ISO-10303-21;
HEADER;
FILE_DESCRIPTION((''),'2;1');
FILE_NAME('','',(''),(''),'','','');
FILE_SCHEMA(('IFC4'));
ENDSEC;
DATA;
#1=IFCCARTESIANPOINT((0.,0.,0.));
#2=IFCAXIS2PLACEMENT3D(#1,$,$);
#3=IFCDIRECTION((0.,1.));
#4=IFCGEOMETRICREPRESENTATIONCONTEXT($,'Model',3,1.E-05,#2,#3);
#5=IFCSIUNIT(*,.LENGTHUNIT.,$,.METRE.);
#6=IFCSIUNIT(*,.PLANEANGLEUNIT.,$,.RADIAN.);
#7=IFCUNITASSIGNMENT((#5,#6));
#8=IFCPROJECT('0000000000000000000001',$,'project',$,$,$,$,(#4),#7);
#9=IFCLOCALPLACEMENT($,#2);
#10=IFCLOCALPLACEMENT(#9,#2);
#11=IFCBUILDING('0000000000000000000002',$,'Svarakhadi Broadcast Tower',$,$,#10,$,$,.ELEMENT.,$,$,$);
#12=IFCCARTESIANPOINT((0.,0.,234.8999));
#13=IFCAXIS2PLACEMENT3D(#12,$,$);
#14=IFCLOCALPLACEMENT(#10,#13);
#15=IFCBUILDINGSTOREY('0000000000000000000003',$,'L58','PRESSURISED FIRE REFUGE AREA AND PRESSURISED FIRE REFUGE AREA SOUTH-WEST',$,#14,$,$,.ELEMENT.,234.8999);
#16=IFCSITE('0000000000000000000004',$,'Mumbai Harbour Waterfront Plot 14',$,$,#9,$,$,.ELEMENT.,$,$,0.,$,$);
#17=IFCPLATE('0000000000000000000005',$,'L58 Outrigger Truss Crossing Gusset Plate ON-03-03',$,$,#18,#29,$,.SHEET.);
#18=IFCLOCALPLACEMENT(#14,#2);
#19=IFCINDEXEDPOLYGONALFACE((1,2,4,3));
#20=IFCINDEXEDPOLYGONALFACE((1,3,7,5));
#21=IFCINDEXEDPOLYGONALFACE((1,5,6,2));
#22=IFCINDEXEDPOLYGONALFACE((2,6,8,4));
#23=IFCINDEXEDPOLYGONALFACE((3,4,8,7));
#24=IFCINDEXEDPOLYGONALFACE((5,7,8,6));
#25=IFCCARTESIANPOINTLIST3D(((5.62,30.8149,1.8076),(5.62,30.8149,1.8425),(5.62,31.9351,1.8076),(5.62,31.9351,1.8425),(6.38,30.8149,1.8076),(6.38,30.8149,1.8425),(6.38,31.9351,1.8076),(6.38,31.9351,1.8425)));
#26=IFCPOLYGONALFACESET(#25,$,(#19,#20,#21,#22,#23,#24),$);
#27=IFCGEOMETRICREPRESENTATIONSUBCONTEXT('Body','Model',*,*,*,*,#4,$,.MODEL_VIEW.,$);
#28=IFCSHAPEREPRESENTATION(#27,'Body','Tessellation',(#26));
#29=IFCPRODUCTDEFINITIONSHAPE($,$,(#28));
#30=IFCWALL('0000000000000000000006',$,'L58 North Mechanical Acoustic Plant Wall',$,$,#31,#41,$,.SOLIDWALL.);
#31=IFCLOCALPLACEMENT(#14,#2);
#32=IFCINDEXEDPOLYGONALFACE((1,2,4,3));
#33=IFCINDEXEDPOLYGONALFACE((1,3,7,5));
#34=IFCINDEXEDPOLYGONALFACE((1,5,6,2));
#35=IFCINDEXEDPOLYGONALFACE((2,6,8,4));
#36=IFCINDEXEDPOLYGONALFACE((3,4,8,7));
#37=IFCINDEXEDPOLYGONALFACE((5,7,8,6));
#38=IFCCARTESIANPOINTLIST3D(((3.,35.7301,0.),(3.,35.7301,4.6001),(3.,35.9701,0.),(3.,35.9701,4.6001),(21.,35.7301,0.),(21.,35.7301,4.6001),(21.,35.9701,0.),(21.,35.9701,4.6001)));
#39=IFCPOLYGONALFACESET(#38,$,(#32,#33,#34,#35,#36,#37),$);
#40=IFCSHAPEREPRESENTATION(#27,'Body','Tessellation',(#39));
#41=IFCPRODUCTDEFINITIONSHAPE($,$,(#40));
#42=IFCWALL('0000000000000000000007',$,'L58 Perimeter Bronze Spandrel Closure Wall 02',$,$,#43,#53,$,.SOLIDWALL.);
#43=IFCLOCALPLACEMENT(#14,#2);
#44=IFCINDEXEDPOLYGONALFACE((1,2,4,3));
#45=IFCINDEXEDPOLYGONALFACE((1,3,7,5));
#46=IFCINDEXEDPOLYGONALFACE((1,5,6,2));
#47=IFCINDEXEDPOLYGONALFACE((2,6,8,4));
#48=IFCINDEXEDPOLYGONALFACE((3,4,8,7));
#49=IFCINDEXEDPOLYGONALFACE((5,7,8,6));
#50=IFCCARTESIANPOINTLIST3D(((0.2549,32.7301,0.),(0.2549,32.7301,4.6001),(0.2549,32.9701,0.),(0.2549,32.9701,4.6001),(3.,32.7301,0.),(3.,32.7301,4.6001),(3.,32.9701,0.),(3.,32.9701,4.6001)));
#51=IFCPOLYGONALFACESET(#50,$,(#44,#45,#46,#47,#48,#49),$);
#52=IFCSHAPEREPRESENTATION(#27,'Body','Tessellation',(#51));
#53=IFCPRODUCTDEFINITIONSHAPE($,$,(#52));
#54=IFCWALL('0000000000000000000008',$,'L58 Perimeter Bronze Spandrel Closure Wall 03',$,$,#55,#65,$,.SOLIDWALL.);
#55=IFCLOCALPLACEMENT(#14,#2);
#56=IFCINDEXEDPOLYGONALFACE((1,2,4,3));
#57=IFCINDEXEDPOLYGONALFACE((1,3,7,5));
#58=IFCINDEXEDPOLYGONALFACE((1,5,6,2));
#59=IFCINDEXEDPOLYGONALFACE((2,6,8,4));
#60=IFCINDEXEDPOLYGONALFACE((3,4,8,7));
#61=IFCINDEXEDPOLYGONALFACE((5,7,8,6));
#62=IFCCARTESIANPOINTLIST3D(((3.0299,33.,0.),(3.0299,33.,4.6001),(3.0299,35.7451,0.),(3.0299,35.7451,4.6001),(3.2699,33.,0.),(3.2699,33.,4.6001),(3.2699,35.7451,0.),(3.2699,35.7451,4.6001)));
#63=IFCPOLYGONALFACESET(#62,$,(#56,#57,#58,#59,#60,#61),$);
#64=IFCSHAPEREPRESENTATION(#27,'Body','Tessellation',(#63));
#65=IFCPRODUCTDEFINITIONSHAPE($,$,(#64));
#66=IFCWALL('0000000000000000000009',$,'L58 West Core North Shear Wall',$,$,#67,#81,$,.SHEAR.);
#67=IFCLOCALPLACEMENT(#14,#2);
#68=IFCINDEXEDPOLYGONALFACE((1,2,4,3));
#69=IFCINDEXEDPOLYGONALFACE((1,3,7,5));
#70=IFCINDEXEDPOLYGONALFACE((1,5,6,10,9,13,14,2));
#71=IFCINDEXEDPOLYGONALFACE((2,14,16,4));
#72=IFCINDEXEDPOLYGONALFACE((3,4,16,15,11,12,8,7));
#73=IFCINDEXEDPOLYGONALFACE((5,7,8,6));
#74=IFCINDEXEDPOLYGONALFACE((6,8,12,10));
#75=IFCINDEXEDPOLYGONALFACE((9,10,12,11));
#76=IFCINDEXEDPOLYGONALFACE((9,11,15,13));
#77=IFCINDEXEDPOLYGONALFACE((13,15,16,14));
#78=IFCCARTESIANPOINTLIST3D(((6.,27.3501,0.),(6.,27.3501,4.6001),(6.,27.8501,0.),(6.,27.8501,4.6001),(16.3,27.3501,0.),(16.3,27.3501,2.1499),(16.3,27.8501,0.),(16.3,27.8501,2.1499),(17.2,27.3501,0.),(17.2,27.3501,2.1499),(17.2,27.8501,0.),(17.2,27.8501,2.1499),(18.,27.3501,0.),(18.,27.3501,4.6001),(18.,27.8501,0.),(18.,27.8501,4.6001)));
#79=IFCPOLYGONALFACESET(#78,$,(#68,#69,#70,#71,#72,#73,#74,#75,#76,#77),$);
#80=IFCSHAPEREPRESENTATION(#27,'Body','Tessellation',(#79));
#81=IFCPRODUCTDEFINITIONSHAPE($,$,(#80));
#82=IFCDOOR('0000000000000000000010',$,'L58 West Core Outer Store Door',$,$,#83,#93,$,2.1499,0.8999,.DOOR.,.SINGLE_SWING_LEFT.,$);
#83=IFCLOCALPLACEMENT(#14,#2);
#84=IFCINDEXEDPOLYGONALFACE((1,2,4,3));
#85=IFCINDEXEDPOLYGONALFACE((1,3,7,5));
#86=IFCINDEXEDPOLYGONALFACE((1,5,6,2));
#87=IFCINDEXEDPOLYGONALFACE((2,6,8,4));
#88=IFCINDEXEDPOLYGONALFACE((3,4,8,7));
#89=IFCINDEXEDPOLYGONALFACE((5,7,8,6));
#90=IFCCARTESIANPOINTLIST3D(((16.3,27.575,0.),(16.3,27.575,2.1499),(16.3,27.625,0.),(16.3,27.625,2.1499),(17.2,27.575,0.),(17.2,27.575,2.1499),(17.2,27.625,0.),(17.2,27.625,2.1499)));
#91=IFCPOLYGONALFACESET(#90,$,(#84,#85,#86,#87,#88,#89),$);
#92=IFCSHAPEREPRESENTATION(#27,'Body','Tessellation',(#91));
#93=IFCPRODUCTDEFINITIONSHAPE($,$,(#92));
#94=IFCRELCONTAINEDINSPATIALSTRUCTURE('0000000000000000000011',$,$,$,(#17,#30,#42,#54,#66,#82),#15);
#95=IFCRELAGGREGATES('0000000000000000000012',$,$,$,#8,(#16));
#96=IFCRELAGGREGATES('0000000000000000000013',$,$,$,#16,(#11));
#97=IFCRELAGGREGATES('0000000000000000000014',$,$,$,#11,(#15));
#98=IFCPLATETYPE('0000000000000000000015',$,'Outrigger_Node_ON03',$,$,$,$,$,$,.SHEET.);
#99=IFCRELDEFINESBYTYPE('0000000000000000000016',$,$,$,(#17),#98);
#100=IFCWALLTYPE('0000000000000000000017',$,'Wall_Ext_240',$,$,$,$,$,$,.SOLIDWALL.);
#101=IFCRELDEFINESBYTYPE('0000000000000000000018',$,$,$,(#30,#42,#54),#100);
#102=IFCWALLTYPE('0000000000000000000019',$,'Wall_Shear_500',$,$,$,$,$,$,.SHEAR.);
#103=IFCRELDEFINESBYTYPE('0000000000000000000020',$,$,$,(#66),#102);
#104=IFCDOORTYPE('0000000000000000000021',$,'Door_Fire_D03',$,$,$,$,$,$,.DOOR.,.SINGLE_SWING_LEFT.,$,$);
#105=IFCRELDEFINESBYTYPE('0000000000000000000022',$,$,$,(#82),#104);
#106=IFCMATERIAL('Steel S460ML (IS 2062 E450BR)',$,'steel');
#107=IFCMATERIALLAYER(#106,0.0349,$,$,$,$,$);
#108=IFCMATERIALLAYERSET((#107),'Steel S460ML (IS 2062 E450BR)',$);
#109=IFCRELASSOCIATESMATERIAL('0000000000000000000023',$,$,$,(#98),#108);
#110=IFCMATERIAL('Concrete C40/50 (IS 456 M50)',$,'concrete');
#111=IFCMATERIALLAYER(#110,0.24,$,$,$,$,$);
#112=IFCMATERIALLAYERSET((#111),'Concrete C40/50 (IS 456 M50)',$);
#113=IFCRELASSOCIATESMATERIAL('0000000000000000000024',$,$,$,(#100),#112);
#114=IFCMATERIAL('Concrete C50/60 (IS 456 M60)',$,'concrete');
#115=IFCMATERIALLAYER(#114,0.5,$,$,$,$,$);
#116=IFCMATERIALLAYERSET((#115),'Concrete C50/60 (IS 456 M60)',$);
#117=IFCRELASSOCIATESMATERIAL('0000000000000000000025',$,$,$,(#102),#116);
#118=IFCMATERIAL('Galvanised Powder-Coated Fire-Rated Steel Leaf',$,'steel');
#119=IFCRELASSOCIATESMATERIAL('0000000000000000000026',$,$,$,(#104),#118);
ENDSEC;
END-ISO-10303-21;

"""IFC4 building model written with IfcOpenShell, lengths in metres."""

from ifc_helpers import new_model, si_unit, direction, frame, frame_2d, origin, origin_2d, place, context, subcontext, project, spatial, rectangle, extrude, material, layer, layer_set, type_object, element, fill, save


model = new_model("IFC4")

# Units and contexts
model_context = context("Model", 3, precision=1e-05, world=origin(), true_north=direction((0.0, 1.0)))
body_context = subcontext(model_context, "Body", "Model", "MODEL_VIEW")
ifc_project = project(units=[si_unit("LENGTHUNIT", "METRE"), si_unit("PLANEANGLEUNIT", "RADIAN")], contexts=[model_context])

# Site, building, storey
site_placement = place(None, origin())
site = spatial("IfcSite", under=ifc_project, at=site_placement, Name="Mumbai Harbour Waterfront Plot 14", CompositionType="ELEMENT", RefElevation=0.0)
building_placement = place(site_placement, origin())
building = spatial("IfcBuilding", under=site, at=building_placement, Name="Svarakhadi Broadcast Tower", CompositionType="ELEMENT")
storey_placement = place(building_placement, frame((0.0, 0.0, 234.8999)))
storey = spatial("IfcBuildingStorey", under=building, at=storey_placement, Name="L58", Description="PRESSURISED FIRE REFUGE AREA AND PRESSURISED FIRE REFUGE AREA SOUTH-WEST", CompositionType="ELEMENT", Elevation=234.8999)

# Shared definitions
ifc_material_1 = material(Name="Concrete C50/60 (IS 456 M60)", Category="concrete")
ifc_material_2 = material(Name="Steel S460ML (IS 2062 E450BR)", Category="steel")

# Plate
ifc_layer_1 = layer(ifc_material_2, 0.0349)
ifc_layer_set_1 = layer_set([ifc_layer_1], Name="Steel S460ML (IS 2062 E450BR)")
plate_type_1 = type_object("IfcPlateType", Name="Outrigger_Node_ON03", PredefinedType="SHEET", material=ifc_layer_set_1)
plate_placement = place(storey_placement, frame((6.0, 31.375, 1.8076), z_axis=(0.0, 0.0, 1.0), x_axis=(0.0, 1.0, 0.0)))
element("IfcPlate", 1, at=plate_placement, inside=storey, type_object=plate_type_1, Name="L58 Outrigger Truss Crossing Gusset Plate ON-03-03", PredefinedType="SHEET", context=body_context, shape_type="SweptSolid", body=[
    extrude(rectangle(XDim=1.1201, YDim=0.76, at=origin_2d()), origin(), (0.0, 0.0, 1.0), 0.0349),
])

# Walls
ifc_material_3 = material(Name="Concrete C40/50 (IS 456 M50)", Category="concrete")
ifc_layer_2 = layer(ifc_material_3, 0.24)
ifc_layer_set_2 = layer_set([ifc_layer_2], Name="Concrete C40/50 (IS 456 M50)")
wall_type_1 = type_object("IfcWallType", Name="Wall_Ext_240", PredefinedType="SOLIDWALL", material=ifc_layer_set_2)
wall_1_placement = place(storey_placement, frame((3.0, 35.8501, 0.0), z_axis=(0.0, 0.0, 1.0), x_axis=(1.0, 0.0, 0.0)))
element("IfcWall", 2, at=wall_1_placement, inside=storey, type_object=wall_type_1, Name="L58 North Mechanical Acoustic Plant Wall", PredefinedType="SOLIDWALL", context=body_context, shape_type="SweptSolid", body=[
    extrude(rectangle(XDim=18.0, YDim=0.24, at=frame_2d((9.0, 0.0))), origin(), (0.0, 0.0, 1.0), 4.6001),
])
for number, where, z_axis, x_axis, name in (
    (3, (0.2549, 32.8501, 0.0), (0.0, 0.0, 1.0), (1.0, 0.0, 0.0), "L58 Perimeter Bronze Spandrel Closure Wall 02"),
    (4, (3.1499, 33.0, 0.0), (0.0, 0.0, 1.0), (0.0, 1.0, 0.0), "L58 Perimeter Bronze Spandrel Closure Wall 03"),
):
    element("IfcWall", number, at=place(storey_placement, frame(where, z_axis=z_axis, x_axis=x_axis)), inside=storey, type_object=wall_type_1, Name=name, PredefinedType="SOLIDWALL", context=body_context, shape_type="SweptSolid", body=[
        extrude(rectangle(XDim=2.7451, YDim=0.24, at=frame_2d((1.3726, 0.0))), origin(), (0.0, 0.0, 1.0), 4.6001),
    ])

# Wall, opening, door
ifc_layer_3 = layer(ifc_material_1, 0.5)
ifc_layer_set_3 = layer_set([ifc_layer_3], Name="Concrete C50/60 (IS 456 M60)")
wall_type_2 = type_object("IfcWallType", Name="Wall_Shear_500", PredefinedType="SHEAR", material=ifc_layer_set_3)
wall_2_placement = place(storey_placement, frame((6.0, 27.6001, 0.0), z_axis=(0.0, 0.0, 1.0), x_axis=(1.0, 0.0, 0.0)))
wall_2 = element("IfcWall", 5, at=wall_2_placement, inside=storey, type_object=wall_type_2, Name="L58 West Core North Shear Wall", PredefinedType="SHEAR", context=body_context, shape_type="SweptSolid", body=[
    extrude(rectangle(XDim=12.0, YDim=0.5, at=frame_2d((6.0, 0.0))), origin(), (0.0, 0.0, 1.0), 4.6001),
])
opening_placement = place(wall_2_placement, frame((10.3, 0.0, 0.0)))
opening = element("IfcOpeningElement", 6, at=opening_placement, cuts=wall_2, PredefinedType="OPENING", context=body_context, shape_type="SweptSolid", body=[
    extrude(rectangle(XDim=0.8999, YDim=2.1499, at=frame_2d((0.45, 1.075))), frame((0.0, 0.26, 0.0), z_axis=(0.0, -1.0, 0.0), x_axis=(1.0, 0.0, 0.0)), (0.0, 0.0, 1.0), 0.52),
])
ifc_material_4 = material(Name="Galvanised Powder-Coated Fire-Rated Steel Leaf", Category="steel")
door_type = type_object("IfcDoorType", Name="Door_Fire_D03", OperationType="SINGLE_SWING_LEFT", PredefinedType="DOOR", material=ifc_material_4)
door_placement = place(opening_placement, origin())
door = element("IfcDoor", 7, at=door_placement, inside=storey, type_object=door_type, Name="L58 West Core Outer Store Door", OperationType="SINGLE_SWING_LEFT", OverallHeight=2.1499, OverallWidth=0.8999, PredefinedType="DOOR", context=body_context, shape_type="SweptSolid", body=[
    extrude(rectangle(XDim=0.8999, YDim=2.1499, at=frame_2d((0.45, 1.075))), frame((0.0, 0.0249, 0.0), z_axis=(0.0, -1.0, 0.0), x_axis=(1.0, 0.0, 0.0)), (0.0, 0.0, 1.0), 0.05),
])
fill(opening, door)

save(model, "model.ifc")
